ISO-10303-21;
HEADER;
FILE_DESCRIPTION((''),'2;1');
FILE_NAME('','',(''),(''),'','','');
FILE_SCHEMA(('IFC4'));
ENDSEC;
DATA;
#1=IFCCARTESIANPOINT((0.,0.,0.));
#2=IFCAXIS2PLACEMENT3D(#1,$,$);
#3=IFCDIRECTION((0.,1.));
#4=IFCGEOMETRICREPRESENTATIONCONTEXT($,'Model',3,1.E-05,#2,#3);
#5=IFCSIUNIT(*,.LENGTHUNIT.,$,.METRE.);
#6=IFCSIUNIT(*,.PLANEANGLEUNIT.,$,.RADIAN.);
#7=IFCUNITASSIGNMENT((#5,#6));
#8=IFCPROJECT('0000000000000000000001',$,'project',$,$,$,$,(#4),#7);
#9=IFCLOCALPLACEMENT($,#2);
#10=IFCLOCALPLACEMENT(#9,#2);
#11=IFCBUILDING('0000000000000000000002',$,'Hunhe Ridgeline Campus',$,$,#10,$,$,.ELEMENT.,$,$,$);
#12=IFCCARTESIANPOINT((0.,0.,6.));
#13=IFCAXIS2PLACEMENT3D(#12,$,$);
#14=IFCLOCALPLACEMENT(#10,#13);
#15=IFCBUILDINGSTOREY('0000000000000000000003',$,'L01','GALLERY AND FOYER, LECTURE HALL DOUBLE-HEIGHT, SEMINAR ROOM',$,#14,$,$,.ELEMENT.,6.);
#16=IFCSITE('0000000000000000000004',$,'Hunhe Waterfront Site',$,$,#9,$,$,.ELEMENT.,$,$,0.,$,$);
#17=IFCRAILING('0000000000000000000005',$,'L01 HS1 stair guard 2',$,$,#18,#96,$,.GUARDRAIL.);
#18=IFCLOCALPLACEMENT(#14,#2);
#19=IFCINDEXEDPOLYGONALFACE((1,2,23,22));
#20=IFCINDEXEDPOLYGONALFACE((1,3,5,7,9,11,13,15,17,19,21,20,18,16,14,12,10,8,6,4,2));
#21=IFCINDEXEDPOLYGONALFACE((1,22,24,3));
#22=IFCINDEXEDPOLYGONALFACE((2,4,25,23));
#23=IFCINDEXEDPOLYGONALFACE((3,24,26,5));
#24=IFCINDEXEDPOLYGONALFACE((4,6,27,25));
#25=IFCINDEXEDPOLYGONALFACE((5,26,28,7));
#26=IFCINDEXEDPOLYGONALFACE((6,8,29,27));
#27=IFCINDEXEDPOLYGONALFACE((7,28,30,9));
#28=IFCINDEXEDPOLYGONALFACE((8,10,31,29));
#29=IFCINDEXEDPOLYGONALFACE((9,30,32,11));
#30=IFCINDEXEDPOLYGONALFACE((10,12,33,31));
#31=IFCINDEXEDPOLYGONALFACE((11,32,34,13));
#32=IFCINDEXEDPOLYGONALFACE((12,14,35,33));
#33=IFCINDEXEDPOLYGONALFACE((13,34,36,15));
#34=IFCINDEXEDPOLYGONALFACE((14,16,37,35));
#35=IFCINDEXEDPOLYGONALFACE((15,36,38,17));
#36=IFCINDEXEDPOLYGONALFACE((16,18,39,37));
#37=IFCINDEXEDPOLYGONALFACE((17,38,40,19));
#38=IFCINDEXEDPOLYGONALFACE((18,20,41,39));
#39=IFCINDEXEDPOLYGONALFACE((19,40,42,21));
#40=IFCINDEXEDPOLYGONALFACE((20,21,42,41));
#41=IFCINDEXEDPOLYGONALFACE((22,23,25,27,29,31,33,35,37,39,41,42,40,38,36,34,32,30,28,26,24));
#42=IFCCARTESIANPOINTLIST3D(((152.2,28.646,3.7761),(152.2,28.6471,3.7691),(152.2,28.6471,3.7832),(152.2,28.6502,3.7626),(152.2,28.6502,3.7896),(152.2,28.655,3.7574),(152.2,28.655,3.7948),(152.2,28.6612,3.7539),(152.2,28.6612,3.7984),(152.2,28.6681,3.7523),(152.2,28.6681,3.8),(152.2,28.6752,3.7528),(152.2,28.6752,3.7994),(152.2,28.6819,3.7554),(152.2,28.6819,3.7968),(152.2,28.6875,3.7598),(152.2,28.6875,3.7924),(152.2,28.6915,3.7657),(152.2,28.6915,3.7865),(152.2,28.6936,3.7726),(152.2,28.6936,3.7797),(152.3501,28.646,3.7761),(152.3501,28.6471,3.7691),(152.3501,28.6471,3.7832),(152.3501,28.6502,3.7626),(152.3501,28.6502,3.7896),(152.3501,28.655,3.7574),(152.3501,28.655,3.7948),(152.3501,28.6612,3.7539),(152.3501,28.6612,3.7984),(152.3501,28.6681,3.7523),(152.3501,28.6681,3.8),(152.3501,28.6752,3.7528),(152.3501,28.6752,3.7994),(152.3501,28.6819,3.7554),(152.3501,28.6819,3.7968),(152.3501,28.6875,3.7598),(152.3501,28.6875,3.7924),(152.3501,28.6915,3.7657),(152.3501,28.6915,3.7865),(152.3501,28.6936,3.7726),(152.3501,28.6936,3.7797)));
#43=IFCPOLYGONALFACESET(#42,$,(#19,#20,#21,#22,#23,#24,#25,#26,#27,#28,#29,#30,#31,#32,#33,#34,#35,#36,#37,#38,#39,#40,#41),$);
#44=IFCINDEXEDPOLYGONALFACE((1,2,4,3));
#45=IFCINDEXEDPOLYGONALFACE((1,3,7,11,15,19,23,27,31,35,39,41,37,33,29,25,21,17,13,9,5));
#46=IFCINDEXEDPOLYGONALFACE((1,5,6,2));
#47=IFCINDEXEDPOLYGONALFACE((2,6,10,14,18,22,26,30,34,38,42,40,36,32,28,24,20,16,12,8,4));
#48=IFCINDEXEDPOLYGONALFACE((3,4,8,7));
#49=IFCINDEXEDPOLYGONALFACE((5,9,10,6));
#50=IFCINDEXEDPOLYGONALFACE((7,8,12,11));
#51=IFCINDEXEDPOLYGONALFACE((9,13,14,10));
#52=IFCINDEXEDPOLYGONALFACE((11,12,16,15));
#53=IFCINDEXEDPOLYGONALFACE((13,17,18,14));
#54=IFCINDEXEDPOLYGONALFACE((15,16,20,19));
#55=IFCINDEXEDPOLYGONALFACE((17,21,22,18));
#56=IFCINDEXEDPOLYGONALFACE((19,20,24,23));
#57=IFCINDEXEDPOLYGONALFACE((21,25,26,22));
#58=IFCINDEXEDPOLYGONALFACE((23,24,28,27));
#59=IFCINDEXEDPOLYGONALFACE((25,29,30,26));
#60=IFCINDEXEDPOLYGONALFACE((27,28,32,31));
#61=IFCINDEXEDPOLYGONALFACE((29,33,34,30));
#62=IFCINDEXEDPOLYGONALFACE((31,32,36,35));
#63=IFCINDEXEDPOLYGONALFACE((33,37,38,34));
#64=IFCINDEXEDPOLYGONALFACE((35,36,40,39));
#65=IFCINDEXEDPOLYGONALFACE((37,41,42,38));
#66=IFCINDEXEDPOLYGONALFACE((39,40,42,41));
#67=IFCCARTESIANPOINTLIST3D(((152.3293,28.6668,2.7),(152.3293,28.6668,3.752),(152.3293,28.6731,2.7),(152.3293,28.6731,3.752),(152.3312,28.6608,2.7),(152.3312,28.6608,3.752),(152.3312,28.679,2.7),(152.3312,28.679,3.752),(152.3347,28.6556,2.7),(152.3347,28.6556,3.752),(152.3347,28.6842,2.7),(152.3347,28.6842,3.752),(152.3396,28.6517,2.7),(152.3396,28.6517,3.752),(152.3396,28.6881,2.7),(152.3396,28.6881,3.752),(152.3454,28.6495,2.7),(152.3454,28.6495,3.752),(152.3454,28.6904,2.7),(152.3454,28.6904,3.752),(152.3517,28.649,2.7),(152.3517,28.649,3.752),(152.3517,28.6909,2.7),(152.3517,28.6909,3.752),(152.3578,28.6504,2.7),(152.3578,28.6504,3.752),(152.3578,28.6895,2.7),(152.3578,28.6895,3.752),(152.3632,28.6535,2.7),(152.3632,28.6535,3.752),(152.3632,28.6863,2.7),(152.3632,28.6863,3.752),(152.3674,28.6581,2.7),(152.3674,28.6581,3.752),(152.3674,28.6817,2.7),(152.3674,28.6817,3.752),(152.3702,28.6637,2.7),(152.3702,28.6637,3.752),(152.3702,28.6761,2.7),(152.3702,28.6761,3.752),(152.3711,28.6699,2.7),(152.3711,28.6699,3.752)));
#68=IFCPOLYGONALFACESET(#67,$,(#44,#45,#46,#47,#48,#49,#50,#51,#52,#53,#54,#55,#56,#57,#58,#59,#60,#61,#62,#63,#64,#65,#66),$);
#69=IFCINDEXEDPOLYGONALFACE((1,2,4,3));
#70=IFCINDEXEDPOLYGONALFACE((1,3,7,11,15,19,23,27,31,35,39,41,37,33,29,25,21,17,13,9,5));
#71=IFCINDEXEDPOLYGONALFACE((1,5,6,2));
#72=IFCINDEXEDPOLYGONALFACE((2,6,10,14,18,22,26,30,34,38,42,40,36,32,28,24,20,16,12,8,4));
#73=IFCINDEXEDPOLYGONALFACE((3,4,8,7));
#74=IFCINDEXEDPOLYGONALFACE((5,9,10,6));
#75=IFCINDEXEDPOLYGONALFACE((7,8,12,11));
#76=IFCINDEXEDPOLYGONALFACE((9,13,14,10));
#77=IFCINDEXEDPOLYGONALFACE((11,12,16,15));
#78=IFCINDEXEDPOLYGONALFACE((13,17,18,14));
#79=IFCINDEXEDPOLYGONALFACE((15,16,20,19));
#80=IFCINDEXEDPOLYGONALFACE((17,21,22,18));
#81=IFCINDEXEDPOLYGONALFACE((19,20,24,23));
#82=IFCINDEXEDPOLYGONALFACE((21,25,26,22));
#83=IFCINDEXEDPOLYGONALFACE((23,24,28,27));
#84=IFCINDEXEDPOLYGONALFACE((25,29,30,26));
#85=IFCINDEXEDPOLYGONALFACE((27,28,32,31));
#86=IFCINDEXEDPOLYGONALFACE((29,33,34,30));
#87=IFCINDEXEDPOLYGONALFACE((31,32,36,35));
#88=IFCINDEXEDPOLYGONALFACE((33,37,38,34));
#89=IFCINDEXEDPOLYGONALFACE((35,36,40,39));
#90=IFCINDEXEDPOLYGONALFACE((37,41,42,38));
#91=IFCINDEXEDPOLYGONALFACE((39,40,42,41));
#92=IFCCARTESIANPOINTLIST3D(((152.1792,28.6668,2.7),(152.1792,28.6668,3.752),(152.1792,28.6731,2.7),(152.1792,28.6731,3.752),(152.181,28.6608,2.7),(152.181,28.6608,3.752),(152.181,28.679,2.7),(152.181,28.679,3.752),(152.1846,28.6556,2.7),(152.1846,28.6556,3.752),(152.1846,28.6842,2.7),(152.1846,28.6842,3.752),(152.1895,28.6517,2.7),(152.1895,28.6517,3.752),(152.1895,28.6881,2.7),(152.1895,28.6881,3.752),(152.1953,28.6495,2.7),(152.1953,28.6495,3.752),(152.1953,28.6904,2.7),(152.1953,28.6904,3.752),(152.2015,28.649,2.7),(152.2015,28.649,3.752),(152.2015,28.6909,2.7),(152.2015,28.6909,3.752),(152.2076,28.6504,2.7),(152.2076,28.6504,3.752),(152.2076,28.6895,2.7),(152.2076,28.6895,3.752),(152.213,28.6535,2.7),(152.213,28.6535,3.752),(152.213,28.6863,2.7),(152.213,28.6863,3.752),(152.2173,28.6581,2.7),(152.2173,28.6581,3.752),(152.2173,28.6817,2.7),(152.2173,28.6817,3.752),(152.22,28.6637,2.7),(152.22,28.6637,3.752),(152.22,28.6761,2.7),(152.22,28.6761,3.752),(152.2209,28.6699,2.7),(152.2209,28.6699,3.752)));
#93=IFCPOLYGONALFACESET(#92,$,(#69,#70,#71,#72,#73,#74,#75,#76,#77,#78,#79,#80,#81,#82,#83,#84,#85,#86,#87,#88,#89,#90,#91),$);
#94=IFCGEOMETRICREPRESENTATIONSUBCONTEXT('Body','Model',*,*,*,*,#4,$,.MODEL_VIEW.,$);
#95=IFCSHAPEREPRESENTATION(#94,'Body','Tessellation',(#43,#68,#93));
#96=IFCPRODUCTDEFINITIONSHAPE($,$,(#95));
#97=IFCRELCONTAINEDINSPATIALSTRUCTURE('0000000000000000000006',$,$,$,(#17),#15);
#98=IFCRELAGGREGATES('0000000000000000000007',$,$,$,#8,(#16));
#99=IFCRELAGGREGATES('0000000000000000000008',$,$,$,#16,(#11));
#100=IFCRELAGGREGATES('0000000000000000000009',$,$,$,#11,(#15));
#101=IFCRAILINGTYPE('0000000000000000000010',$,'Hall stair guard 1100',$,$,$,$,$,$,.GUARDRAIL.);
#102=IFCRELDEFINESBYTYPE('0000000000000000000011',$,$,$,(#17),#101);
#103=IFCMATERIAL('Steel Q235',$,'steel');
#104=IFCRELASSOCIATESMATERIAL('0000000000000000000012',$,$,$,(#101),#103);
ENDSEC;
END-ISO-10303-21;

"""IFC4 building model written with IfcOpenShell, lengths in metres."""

from ifc_helpers import new_model, si_unit, direction, frame, origin, origin_2d, place, context, subcontext, project, spatial, circle, extrude, material, type_object, element, save


model = new_model("IFC4")

# Units and contexts
model_context = context("Model", 3, precision=1e-05, world=origin(), true_north=direction((0.0, 1.0)))
body_context = subcontext(model_context, "Body", "Model", "MODEL_VIEW")
ifc_project = project(units=[si_unit("LENGTHUNIT", "METRE"), si_unit("PLANEANGLEUNIT", "RADIAN")], contexts=[model_context])

# Site, building, storey
site_placement = place(None, origin())
site = spatial("IfcSite", under=ifc_project, at=site_placement, Name="Hunhe Waterfront Site", CompositionType="ELEMENT", RefElevation=0.0)
building_placement = place(site_placement, origin())
building = spatial("IfcBuilding", under=site, at=building_placement, Name="Hunhe Ridgeline Campus", CompositionType="ELEMENT")
storey_placement = place(building_placement, frame((0.0, 0.0, 6.0)))
storey = spatial("IfcBuildingStorey", under=building, at=storey_placement, Name="L01", Description="GALLERY AND FOYER, LECTURE HALL DOUBLE-HEIGHT, SEMINAR ROOM", CompositionType="ELEMENT", Elevation=6.0)

# Shared definitions
ifc_material_1 = material(Name="Steel Q235", Category="steel")

# Railing
railing_type_1 = type_object("IfcRailingType", Name="Hall stair guard 1100", PredefinedType="GUARDRAIL", material=ifc_material_1)
railing_1_placement = place(storey_placement, frame((152.3501, 28.6699, 2.7)))
element("IfcRailing", 1, at=railing_1_placement, inside=storey, type_object=railing_type_1, Name="L01 HS1 stair guard 2", PredefinedType="GUARDRAIL", context=body_context, shape_type="SweptSolid", body=[
    extrude(circle(Radius=0.0239, at=origin_2d()), frame((0.0, 0.0, 1.0762), z_axis=(-1.0, 0.0, 0.0), x_axis=(0.0, -1.0, 0.0)), (0.0, 0.0, 1.0), 0.1501),
    extrude(circle(Radius=0.021, at=origin_2d()), origin(), (0.0, 0.0, 1.0), 1.052),
    extrude(circle(Radius=0.021, at=origin_2d()), frame((-0.1501, 0.0, 0.0)), (0.0, 0.0, 1.0), 1.052),
])

save(model, "model.ifc")
